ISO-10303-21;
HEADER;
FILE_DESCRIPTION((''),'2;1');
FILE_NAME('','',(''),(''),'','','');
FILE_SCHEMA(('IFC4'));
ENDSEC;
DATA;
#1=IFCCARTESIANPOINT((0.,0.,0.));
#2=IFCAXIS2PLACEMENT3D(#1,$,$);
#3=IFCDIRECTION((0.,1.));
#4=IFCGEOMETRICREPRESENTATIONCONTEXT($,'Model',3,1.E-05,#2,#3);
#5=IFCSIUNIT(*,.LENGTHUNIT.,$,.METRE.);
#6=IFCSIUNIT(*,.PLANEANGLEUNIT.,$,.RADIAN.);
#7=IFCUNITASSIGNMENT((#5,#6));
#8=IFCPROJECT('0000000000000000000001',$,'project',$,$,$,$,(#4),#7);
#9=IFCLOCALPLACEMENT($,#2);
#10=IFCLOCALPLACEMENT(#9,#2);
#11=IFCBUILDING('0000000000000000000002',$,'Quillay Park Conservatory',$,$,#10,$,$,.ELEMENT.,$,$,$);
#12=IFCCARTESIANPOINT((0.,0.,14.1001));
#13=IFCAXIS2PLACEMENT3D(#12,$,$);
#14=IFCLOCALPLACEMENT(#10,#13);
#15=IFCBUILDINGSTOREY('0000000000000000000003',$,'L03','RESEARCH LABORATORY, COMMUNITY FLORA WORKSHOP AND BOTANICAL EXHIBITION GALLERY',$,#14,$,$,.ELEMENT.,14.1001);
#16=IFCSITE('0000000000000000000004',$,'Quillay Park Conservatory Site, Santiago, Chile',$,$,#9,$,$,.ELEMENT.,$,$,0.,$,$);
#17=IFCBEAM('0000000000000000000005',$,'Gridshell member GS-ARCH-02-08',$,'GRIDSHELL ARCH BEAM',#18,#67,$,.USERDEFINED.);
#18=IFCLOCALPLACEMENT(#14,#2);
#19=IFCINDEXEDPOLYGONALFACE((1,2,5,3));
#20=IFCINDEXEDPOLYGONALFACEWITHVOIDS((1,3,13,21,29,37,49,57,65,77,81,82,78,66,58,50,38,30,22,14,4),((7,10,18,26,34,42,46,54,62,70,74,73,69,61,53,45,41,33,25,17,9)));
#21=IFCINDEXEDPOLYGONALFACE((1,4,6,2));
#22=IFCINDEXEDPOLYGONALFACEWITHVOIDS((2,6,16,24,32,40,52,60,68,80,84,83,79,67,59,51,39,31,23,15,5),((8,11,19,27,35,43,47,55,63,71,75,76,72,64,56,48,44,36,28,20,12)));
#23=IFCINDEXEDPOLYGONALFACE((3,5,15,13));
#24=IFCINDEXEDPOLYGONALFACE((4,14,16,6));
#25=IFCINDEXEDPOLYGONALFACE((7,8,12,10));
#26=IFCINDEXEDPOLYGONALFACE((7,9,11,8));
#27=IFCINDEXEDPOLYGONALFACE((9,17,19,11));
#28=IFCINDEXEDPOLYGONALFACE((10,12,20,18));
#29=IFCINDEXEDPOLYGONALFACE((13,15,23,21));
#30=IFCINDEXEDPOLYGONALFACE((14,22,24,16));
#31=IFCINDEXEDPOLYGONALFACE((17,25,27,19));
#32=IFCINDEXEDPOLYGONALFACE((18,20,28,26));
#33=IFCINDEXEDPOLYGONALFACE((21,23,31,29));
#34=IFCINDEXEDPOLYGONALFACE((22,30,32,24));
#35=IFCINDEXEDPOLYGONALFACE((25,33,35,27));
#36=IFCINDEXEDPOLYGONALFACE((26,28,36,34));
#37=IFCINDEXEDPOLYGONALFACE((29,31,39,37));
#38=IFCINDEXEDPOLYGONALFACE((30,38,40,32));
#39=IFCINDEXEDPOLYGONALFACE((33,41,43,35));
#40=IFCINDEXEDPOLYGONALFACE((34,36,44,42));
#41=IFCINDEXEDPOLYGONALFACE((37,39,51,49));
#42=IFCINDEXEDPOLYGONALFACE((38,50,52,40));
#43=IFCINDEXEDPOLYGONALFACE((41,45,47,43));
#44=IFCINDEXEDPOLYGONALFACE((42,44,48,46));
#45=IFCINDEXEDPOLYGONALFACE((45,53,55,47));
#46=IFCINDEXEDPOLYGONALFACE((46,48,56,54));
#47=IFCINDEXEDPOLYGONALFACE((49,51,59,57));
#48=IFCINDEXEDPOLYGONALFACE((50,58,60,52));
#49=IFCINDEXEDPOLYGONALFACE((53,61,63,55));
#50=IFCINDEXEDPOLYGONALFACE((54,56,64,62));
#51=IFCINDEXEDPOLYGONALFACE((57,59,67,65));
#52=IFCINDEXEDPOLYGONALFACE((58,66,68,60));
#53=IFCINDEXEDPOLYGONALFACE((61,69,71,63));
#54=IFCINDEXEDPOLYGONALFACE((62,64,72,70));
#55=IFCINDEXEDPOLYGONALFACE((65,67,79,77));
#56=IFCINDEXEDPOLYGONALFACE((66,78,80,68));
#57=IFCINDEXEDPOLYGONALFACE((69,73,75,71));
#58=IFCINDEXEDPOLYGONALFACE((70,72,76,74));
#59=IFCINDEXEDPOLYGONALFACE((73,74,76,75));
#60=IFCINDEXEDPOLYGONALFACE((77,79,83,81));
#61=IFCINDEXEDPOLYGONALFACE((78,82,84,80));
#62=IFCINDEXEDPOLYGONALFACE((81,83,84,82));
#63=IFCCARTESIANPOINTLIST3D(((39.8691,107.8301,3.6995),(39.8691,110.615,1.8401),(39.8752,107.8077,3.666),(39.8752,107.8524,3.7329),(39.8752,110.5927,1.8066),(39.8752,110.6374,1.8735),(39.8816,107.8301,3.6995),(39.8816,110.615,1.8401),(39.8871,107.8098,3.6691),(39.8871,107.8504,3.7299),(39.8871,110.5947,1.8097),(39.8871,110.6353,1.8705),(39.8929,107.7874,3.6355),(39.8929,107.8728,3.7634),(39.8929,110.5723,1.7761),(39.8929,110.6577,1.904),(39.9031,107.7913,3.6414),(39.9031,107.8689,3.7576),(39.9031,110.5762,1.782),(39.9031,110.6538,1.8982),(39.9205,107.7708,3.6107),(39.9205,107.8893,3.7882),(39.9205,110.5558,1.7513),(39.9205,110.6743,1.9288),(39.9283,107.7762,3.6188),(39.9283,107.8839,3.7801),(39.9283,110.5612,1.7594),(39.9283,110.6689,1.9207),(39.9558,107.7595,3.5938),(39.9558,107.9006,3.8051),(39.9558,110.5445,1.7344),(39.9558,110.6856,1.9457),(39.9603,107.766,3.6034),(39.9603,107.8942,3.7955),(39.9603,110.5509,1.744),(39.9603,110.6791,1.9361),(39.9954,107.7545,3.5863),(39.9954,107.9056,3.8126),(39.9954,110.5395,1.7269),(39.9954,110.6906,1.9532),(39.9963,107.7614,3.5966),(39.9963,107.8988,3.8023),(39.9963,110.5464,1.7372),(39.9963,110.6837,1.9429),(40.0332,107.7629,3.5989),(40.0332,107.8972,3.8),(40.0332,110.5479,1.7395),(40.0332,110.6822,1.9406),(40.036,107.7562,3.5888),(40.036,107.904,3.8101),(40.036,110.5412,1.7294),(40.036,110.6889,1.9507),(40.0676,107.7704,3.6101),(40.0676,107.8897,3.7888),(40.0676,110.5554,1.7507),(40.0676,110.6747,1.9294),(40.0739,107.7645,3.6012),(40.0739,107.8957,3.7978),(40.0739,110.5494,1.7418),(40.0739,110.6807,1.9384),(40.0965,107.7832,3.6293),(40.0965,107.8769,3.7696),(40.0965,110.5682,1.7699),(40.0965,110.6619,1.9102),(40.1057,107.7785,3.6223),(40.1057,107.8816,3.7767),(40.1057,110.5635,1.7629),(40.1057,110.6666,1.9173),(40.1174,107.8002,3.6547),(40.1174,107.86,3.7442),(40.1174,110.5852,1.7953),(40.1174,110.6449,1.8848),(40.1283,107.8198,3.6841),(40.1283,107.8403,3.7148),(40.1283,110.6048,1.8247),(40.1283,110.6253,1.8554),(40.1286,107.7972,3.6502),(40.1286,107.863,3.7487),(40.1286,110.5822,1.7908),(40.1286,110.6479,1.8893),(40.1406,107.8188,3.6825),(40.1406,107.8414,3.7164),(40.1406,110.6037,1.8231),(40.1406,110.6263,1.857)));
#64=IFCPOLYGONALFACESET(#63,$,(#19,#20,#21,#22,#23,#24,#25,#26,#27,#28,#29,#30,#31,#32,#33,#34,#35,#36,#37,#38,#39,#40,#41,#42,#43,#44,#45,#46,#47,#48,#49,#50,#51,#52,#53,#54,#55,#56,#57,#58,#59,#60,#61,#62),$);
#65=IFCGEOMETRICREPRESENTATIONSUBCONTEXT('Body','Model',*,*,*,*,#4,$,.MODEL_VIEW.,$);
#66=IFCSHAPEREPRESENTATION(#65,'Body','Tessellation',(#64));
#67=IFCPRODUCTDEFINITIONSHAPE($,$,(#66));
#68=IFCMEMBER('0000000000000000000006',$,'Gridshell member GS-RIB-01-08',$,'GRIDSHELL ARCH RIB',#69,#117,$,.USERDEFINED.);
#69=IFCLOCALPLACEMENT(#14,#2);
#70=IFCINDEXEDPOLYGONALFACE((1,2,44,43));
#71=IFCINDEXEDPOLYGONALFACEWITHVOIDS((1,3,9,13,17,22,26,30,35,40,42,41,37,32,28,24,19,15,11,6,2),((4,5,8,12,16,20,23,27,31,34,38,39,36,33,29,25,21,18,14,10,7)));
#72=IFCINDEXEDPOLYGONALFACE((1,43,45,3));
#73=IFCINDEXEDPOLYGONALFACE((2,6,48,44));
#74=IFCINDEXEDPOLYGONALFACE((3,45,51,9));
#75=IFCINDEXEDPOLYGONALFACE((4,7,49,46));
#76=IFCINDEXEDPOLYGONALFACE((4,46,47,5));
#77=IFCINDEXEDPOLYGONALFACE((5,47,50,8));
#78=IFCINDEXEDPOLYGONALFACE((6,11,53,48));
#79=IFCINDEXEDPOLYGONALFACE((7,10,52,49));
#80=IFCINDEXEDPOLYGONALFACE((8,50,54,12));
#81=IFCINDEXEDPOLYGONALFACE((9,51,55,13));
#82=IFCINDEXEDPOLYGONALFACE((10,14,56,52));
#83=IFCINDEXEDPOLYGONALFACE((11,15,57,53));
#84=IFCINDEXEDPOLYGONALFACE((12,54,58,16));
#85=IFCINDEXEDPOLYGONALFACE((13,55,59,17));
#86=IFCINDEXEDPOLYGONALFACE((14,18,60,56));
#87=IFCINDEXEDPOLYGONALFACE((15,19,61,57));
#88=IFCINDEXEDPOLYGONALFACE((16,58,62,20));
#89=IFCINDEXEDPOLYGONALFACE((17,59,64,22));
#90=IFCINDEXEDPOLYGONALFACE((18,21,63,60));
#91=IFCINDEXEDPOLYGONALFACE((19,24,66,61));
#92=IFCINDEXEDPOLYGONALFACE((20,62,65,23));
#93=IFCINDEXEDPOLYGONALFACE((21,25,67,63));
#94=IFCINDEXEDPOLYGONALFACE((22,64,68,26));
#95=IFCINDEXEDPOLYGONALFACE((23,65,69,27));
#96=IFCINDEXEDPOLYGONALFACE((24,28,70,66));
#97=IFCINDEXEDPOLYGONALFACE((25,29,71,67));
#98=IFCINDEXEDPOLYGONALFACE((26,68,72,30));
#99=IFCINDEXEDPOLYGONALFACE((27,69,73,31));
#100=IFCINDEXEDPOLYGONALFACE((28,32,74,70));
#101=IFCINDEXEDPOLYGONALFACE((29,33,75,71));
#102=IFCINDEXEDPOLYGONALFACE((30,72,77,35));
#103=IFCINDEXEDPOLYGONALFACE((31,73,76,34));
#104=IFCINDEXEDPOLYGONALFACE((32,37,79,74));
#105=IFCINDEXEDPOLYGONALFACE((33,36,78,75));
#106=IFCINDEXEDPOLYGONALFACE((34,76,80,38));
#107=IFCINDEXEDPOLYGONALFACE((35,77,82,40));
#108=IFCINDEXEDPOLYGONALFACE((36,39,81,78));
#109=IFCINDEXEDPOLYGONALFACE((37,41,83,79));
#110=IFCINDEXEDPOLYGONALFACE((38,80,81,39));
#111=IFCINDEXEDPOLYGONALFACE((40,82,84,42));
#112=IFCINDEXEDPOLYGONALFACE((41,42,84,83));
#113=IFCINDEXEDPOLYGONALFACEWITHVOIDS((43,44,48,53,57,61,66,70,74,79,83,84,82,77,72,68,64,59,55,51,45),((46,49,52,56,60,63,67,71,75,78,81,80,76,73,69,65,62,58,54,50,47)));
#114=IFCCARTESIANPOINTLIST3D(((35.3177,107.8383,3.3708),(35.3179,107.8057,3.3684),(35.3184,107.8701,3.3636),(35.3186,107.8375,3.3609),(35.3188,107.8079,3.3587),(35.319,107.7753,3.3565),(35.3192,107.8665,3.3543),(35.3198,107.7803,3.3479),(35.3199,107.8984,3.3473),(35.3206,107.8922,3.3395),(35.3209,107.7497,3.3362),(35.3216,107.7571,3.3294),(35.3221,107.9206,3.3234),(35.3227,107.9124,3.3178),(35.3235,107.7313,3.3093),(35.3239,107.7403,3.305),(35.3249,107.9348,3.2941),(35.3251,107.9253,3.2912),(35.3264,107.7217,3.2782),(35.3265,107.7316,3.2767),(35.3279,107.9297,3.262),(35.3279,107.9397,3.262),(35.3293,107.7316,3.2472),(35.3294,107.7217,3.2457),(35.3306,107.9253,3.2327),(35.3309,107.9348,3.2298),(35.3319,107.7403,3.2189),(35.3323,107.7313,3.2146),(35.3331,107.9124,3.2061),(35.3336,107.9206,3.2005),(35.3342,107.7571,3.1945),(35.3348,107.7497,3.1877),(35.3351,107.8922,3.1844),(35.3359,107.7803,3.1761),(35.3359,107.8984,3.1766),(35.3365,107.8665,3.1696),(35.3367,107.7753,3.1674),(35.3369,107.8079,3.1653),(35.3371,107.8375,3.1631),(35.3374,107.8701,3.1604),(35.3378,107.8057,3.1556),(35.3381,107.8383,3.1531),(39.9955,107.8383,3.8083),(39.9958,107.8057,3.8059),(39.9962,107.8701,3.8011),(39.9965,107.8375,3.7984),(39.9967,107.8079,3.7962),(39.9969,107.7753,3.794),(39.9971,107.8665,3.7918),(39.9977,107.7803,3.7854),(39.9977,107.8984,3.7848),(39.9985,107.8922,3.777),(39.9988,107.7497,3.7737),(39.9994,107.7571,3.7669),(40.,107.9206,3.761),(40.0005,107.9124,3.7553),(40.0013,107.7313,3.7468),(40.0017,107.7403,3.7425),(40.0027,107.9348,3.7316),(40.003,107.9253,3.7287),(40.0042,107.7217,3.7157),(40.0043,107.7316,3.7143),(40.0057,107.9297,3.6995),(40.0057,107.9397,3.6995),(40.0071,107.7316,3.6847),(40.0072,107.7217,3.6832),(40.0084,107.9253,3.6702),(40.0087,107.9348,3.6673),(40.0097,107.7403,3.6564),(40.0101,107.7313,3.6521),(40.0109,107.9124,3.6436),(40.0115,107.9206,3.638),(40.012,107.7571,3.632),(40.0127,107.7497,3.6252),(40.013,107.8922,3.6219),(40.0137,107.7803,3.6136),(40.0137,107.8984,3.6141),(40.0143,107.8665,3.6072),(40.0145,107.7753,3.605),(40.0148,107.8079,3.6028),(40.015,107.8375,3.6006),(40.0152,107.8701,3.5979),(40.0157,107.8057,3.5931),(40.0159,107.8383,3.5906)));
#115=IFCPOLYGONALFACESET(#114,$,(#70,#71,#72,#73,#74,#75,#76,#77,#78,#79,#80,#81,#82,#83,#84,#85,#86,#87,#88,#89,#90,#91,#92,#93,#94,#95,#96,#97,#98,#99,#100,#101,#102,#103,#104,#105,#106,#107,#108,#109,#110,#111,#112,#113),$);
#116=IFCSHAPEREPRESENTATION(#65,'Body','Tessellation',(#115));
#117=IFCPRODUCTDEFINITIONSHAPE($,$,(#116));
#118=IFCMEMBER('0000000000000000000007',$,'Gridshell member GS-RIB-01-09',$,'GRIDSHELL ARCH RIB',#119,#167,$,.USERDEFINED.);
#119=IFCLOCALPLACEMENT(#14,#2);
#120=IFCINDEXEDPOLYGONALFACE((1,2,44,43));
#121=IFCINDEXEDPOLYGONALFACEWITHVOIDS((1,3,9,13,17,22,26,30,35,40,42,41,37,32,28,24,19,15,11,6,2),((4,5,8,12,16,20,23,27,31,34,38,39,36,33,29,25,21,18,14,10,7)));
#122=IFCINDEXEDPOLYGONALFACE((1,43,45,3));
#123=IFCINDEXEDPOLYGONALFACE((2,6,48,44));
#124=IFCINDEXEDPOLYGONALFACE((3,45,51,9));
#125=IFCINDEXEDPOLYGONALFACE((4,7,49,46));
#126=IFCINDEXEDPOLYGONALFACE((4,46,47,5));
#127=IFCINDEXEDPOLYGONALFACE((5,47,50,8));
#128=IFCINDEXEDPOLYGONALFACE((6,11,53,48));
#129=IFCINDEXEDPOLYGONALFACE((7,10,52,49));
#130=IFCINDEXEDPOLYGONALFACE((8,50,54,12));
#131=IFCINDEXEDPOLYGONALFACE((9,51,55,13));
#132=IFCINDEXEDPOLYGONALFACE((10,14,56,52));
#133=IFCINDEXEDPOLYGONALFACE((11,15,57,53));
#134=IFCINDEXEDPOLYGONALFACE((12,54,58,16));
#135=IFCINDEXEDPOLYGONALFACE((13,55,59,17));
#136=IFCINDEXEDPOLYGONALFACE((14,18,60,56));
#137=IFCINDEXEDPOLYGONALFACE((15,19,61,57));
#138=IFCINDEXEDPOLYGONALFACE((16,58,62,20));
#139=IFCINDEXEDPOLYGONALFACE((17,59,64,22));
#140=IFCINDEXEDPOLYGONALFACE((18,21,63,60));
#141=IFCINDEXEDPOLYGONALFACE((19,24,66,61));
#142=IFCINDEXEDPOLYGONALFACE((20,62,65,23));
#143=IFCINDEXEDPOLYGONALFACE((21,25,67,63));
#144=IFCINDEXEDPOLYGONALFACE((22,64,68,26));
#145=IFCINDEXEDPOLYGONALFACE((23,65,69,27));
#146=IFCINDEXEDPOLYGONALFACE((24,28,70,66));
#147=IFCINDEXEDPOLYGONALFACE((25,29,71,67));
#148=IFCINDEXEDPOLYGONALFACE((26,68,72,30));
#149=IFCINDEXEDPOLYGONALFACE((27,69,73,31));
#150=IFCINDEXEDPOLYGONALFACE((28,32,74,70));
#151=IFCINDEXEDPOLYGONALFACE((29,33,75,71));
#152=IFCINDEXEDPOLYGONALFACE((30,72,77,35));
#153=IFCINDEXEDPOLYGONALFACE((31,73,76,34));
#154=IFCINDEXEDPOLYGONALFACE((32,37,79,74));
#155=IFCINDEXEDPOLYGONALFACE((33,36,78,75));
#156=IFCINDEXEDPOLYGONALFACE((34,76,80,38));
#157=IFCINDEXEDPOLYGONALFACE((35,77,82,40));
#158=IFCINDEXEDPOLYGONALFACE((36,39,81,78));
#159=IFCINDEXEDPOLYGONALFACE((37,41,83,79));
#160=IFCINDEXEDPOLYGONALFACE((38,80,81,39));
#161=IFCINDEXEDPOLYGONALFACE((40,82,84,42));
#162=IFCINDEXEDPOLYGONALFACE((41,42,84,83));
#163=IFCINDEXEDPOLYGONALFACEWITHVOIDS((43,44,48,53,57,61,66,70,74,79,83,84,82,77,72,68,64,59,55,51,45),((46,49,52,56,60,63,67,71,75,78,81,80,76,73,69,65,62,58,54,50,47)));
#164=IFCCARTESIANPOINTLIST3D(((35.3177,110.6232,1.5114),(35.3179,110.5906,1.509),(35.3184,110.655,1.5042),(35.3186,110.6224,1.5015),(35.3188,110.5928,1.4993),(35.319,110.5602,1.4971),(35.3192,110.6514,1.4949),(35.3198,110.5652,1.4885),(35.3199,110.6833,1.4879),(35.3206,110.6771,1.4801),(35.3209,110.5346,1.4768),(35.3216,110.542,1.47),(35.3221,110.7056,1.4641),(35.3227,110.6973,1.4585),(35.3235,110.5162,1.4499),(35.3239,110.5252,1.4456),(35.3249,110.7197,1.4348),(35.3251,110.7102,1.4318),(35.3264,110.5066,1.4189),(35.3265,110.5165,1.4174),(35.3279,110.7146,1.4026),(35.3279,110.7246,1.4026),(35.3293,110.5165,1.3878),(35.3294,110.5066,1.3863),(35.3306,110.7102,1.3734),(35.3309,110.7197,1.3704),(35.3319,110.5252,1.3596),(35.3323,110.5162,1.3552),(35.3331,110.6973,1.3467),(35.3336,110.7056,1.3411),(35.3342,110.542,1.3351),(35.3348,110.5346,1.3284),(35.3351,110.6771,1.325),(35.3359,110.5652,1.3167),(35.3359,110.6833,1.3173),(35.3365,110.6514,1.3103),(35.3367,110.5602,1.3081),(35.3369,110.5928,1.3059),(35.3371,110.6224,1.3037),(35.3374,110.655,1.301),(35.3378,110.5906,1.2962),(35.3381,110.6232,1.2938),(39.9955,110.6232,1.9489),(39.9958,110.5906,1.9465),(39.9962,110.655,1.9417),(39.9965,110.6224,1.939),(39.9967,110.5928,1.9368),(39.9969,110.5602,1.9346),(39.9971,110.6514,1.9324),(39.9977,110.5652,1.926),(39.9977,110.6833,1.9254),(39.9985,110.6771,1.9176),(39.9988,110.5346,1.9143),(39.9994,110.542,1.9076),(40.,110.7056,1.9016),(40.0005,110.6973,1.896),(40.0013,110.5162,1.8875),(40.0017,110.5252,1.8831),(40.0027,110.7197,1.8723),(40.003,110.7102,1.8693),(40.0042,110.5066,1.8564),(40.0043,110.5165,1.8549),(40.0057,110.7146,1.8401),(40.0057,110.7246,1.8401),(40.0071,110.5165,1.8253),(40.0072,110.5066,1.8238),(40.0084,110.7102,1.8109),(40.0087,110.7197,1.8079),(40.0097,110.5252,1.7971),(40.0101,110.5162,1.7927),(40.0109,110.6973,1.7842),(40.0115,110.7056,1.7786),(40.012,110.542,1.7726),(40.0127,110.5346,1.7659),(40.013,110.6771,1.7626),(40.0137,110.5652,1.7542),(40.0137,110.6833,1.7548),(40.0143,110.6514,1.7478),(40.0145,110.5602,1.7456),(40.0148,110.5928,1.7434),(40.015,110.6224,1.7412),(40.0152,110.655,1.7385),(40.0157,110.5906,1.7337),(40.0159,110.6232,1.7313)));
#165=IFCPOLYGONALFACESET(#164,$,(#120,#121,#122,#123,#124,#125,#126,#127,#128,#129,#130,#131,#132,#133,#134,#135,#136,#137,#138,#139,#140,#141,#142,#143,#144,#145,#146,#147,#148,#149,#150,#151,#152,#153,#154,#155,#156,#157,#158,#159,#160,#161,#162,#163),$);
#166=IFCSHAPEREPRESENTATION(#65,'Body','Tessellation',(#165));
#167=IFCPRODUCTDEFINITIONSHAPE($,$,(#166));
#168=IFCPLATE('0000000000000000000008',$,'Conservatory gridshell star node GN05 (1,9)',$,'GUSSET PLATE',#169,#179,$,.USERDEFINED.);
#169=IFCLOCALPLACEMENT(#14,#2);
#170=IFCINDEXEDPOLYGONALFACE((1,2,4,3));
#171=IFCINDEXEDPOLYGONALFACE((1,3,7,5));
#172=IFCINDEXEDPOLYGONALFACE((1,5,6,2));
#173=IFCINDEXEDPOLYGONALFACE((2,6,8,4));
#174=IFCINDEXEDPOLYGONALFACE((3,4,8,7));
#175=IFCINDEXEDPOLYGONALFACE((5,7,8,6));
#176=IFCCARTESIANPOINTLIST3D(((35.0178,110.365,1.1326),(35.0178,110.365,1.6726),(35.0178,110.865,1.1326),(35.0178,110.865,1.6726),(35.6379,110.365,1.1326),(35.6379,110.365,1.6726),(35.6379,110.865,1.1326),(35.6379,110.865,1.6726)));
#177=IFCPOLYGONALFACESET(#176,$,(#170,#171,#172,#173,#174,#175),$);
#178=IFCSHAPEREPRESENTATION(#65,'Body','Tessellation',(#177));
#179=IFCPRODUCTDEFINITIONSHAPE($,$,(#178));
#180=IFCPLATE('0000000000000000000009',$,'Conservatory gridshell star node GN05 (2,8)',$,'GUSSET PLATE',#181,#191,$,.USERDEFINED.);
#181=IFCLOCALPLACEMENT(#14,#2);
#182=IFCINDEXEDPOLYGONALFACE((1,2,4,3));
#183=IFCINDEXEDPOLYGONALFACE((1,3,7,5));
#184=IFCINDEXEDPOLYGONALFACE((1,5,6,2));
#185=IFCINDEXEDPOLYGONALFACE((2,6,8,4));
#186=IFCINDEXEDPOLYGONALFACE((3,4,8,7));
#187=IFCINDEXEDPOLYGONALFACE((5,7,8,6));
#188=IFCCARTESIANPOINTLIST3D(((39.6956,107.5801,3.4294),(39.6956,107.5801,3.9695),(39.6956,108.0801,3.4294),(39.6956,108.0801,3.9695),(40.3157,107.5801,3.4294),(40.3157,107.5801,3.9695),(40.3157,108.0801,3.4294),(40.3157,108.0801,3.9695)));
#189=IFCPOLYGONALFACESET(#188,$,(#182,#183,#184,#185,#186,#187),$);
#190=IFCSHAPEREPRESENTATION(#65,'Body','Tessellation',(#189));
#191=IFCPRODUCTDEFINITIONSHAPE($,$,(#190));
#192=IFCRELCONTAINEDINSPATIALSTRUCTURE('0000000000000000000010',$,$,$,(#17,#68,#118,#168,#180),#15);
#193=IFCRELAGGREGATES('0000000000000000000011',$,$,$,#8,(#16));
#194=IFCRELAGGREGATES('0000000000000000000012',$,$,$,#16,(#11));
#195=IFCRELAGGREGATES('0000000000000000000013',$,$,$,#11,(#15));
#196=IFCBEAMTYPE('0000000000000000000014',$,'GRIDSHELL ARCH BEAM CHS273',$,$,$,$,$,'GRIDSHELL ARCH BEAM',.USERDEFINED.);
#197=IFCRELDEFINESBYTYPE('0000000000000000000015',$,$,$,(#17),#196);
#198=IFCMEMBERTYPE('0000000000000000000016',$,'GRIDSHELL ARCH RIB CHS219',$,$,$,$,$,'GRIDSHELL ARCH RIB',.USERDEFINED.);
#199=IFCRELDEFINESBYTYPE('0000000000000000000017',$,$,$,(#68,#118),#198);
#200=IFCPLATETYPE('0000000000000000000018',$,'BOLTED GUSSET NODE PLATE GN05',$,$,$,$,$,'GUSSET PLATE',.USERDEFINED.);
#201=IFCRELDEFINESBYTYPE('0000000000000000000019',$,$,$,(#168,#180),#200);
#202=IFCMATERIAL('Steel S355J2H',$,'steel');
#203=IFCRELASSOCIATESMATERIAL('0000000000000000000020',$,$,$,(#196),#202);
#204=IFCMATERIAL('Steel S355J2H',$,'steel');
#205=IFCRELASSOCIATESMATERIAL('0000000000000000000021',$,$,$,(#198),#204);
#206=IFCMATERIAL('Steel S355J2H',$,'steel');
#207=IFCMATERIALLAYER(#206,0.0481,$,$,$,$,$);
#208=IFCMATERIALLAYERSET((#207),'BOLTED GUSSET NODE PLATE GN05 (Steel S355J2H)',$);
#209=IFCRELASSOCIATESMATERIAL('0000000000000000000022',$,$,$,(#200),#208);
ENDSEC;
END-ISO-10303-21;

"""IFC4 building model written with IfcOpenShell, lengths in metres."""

from ifc_helpers import new_model, si_unit, direction, frame, origin, origin_2d, place, context, subcontext, project, spatial, rectangle, hollow_circle, extrude, material, layer, layer_set, material_profile, profile_set, type_object, element, save


model = new_model("IFC4")

# Units and contexts
model_context = context("Model", 3, precision=1e-05, world=origin(), true_north=direction((0.0, 1.0)))
body_context = subcontext(model_context, "Body", "Model", "MODEL_VIEW")
ifc_project = project(units=[si_unit("LENGTHUNIT", "METRE"), si_unit("PLANEANGLEUNIT", "RADIAN")], contexts=[model_context])

# Site, building, storey
site_placement = place(None, origin())
site = spatial("IfcSite", under=ifc_project, at=site_placement, Name="Quillay Park Conservatory Site, Santiago, Chile", CompositionType="ELEMENT", RefElevation=0.0)
building_placement = place(site_placement, origin())
building = spatial("IfcBuilding", under=site, at=building_placement, Name="Quillay Park Conservatory", CompositionType="ELEMENT")
storey_placement = place(building_placement, frame((0.0, 0.0, 14.1001)))
storey = spatial("IfcBuildingStorey", under=building, at=storey_placement, Name="L03", Description="RESEARCH LABORATORY, COMMUNITY FLORA WORKSHOP AND BOTANICAL EXHIBITION GALLERY", CompositionType="ELEMENT", Elevation=14.1001)

# Beam
ifc_material_1 = material(Name="Steel S355J2H", Category="steel")
ifc_material_profile_1 = material_profile(ifc_material_1, hollow_circle(Radius=0.1365, WallThickness=0.0125, at=origin_2d()), Name="CHS273x12.5")
ifc_profile_set_1 = profile_set([ifc_material_profile_1], Name="Steel S355J2H")
beam_type = type_object("IfcBeamType", Name="GRIDSHELL ARCH BEAM CHS273", ElementType="GRIDSHELL ARCH BEAM", PredefinedType="USERDEFINED", material=ifc_profile_set_1)
beam_1_placement = place(storey_placement, frame((40.0056, 107.8301, 3.6995), z_axis=(0.0, 0.831669, -0.555272), x_axis=(-1.0, 0.0, 0.0)))
element("IfcBeam", 1, at=beam_1_placement, inside=storey, type_object=beam_type, Name="Gridshell member GS-ARCH-02-08", ObjectType="GRIDSHELL ARCH BEAM", PredefinedType="USERDEFINED", context=body_context, shape_type="SweptSolid", body=[
    extrude(hollow_circle(Radius=0.1365, WallThickness=0.0125, at=origin_2d()), origin(), (0.0, 0.0, 1.0), 3.3486),
])

# Members
ifc_material_2 = material(Name="Steel S355J2H", Category="steel")
ifc_material_profile_2 = material_profile(ifc_material_2, hollow_circle(Radius=0.1096, WallThickness=0.01, at=origin_2d()), Name="CHS219.1x10")
ifc_profile_set_2 = profile_set([ifc_material_profile_2], Name="Steel S355J2H")
member_type_1 = type_object("IfcMemberType", Name="GRIDSHELL ARCH RIB CHS219", ElementType="GRIDSHELL ARCH RIB", PredefinedType="USERDEFINED", material=ifc_profile_set_2)
for number, where, z_axis, x_axis, name in (
    (2, (35.3279, 107.8301, 3.262), (0.995655, 0.0, 0.093122), (0.0, 1.0, 0.0), "Gridshell member GS-RIB-01-08"),
    (3, (35.3279, 110.615, 1.4026), (0.995655, 0.0, 0.093122), (0.0, 1.0, 0.0), "Gridshell member GS-RIB-01-09"),
):
    element("IfcMember", number, at=place(storey_placement, frame(where, z_axis=z_axis, x_axis=x_axis)), inside=storey, type_object=member_type_1, Name=name, ObjectType="GRIDSHELL ARCH RIB", PredefinedType="USERDEFINED", context=body_context, shape_type="SweptSolid", body=[
        extrude(hollow_circle(Radius=0.1096, WallThickness=0.01, at=origin_2d()), origin(), (0.0, 0.0, 1.0), 4.6982),
    ])

# Plates
ifc_material_3 = material(Name="Steel S355J2H", Category="steel")
ifc_layer_1 = layer(ifc_material_3, 0.0481)
ifc_layer_set_1 = layer_set([ifc_layer_1], Name="BOLTED GUSSET NODE PLATE GN05 (Steel S355J2H)")
plate_type_1 = type_object("IfcPlateType", Name="BOLTED GUSSET NODE PLATE GN05", ElementType="GUSSET PLATE", PredefinedType="USERDEFINED", material=ifc_layer_set_1)
for number, where, z_axis, x_axis, name in (
    (4, (35.3279, 110.615, 1.1326), (0.0, 0.0, 1.0), (1.0, 0.0, 0.0), "Conservatory gridshell star node GN05 (1,9)"),
    (5, (40.0056, 107.8301, 3.4294), (0.0, 0.0, 1.0), (1.0, 0.0, 0.0), "Conservatory gridshell star node GN05 (2,8)"),
):
    element("IfcPlate", number, at=place(storey_placement, frame(where, z_axis=z_axis, x_axis=x_axis)), inside=storey, type_object=plate_type_1, Name=name, ObjectType="GUSSET PLATE", PredefinedType="USERDEFINED", context=body_context, shape_type="SweptSolid", body=[
        extrude(rectangle(XDim=0.6201, YDim=0.5, at=origin_2d()), origin(), (0.0, 0.0, 1.0), 0.54),
    ])

save(model, "model.ifc")
